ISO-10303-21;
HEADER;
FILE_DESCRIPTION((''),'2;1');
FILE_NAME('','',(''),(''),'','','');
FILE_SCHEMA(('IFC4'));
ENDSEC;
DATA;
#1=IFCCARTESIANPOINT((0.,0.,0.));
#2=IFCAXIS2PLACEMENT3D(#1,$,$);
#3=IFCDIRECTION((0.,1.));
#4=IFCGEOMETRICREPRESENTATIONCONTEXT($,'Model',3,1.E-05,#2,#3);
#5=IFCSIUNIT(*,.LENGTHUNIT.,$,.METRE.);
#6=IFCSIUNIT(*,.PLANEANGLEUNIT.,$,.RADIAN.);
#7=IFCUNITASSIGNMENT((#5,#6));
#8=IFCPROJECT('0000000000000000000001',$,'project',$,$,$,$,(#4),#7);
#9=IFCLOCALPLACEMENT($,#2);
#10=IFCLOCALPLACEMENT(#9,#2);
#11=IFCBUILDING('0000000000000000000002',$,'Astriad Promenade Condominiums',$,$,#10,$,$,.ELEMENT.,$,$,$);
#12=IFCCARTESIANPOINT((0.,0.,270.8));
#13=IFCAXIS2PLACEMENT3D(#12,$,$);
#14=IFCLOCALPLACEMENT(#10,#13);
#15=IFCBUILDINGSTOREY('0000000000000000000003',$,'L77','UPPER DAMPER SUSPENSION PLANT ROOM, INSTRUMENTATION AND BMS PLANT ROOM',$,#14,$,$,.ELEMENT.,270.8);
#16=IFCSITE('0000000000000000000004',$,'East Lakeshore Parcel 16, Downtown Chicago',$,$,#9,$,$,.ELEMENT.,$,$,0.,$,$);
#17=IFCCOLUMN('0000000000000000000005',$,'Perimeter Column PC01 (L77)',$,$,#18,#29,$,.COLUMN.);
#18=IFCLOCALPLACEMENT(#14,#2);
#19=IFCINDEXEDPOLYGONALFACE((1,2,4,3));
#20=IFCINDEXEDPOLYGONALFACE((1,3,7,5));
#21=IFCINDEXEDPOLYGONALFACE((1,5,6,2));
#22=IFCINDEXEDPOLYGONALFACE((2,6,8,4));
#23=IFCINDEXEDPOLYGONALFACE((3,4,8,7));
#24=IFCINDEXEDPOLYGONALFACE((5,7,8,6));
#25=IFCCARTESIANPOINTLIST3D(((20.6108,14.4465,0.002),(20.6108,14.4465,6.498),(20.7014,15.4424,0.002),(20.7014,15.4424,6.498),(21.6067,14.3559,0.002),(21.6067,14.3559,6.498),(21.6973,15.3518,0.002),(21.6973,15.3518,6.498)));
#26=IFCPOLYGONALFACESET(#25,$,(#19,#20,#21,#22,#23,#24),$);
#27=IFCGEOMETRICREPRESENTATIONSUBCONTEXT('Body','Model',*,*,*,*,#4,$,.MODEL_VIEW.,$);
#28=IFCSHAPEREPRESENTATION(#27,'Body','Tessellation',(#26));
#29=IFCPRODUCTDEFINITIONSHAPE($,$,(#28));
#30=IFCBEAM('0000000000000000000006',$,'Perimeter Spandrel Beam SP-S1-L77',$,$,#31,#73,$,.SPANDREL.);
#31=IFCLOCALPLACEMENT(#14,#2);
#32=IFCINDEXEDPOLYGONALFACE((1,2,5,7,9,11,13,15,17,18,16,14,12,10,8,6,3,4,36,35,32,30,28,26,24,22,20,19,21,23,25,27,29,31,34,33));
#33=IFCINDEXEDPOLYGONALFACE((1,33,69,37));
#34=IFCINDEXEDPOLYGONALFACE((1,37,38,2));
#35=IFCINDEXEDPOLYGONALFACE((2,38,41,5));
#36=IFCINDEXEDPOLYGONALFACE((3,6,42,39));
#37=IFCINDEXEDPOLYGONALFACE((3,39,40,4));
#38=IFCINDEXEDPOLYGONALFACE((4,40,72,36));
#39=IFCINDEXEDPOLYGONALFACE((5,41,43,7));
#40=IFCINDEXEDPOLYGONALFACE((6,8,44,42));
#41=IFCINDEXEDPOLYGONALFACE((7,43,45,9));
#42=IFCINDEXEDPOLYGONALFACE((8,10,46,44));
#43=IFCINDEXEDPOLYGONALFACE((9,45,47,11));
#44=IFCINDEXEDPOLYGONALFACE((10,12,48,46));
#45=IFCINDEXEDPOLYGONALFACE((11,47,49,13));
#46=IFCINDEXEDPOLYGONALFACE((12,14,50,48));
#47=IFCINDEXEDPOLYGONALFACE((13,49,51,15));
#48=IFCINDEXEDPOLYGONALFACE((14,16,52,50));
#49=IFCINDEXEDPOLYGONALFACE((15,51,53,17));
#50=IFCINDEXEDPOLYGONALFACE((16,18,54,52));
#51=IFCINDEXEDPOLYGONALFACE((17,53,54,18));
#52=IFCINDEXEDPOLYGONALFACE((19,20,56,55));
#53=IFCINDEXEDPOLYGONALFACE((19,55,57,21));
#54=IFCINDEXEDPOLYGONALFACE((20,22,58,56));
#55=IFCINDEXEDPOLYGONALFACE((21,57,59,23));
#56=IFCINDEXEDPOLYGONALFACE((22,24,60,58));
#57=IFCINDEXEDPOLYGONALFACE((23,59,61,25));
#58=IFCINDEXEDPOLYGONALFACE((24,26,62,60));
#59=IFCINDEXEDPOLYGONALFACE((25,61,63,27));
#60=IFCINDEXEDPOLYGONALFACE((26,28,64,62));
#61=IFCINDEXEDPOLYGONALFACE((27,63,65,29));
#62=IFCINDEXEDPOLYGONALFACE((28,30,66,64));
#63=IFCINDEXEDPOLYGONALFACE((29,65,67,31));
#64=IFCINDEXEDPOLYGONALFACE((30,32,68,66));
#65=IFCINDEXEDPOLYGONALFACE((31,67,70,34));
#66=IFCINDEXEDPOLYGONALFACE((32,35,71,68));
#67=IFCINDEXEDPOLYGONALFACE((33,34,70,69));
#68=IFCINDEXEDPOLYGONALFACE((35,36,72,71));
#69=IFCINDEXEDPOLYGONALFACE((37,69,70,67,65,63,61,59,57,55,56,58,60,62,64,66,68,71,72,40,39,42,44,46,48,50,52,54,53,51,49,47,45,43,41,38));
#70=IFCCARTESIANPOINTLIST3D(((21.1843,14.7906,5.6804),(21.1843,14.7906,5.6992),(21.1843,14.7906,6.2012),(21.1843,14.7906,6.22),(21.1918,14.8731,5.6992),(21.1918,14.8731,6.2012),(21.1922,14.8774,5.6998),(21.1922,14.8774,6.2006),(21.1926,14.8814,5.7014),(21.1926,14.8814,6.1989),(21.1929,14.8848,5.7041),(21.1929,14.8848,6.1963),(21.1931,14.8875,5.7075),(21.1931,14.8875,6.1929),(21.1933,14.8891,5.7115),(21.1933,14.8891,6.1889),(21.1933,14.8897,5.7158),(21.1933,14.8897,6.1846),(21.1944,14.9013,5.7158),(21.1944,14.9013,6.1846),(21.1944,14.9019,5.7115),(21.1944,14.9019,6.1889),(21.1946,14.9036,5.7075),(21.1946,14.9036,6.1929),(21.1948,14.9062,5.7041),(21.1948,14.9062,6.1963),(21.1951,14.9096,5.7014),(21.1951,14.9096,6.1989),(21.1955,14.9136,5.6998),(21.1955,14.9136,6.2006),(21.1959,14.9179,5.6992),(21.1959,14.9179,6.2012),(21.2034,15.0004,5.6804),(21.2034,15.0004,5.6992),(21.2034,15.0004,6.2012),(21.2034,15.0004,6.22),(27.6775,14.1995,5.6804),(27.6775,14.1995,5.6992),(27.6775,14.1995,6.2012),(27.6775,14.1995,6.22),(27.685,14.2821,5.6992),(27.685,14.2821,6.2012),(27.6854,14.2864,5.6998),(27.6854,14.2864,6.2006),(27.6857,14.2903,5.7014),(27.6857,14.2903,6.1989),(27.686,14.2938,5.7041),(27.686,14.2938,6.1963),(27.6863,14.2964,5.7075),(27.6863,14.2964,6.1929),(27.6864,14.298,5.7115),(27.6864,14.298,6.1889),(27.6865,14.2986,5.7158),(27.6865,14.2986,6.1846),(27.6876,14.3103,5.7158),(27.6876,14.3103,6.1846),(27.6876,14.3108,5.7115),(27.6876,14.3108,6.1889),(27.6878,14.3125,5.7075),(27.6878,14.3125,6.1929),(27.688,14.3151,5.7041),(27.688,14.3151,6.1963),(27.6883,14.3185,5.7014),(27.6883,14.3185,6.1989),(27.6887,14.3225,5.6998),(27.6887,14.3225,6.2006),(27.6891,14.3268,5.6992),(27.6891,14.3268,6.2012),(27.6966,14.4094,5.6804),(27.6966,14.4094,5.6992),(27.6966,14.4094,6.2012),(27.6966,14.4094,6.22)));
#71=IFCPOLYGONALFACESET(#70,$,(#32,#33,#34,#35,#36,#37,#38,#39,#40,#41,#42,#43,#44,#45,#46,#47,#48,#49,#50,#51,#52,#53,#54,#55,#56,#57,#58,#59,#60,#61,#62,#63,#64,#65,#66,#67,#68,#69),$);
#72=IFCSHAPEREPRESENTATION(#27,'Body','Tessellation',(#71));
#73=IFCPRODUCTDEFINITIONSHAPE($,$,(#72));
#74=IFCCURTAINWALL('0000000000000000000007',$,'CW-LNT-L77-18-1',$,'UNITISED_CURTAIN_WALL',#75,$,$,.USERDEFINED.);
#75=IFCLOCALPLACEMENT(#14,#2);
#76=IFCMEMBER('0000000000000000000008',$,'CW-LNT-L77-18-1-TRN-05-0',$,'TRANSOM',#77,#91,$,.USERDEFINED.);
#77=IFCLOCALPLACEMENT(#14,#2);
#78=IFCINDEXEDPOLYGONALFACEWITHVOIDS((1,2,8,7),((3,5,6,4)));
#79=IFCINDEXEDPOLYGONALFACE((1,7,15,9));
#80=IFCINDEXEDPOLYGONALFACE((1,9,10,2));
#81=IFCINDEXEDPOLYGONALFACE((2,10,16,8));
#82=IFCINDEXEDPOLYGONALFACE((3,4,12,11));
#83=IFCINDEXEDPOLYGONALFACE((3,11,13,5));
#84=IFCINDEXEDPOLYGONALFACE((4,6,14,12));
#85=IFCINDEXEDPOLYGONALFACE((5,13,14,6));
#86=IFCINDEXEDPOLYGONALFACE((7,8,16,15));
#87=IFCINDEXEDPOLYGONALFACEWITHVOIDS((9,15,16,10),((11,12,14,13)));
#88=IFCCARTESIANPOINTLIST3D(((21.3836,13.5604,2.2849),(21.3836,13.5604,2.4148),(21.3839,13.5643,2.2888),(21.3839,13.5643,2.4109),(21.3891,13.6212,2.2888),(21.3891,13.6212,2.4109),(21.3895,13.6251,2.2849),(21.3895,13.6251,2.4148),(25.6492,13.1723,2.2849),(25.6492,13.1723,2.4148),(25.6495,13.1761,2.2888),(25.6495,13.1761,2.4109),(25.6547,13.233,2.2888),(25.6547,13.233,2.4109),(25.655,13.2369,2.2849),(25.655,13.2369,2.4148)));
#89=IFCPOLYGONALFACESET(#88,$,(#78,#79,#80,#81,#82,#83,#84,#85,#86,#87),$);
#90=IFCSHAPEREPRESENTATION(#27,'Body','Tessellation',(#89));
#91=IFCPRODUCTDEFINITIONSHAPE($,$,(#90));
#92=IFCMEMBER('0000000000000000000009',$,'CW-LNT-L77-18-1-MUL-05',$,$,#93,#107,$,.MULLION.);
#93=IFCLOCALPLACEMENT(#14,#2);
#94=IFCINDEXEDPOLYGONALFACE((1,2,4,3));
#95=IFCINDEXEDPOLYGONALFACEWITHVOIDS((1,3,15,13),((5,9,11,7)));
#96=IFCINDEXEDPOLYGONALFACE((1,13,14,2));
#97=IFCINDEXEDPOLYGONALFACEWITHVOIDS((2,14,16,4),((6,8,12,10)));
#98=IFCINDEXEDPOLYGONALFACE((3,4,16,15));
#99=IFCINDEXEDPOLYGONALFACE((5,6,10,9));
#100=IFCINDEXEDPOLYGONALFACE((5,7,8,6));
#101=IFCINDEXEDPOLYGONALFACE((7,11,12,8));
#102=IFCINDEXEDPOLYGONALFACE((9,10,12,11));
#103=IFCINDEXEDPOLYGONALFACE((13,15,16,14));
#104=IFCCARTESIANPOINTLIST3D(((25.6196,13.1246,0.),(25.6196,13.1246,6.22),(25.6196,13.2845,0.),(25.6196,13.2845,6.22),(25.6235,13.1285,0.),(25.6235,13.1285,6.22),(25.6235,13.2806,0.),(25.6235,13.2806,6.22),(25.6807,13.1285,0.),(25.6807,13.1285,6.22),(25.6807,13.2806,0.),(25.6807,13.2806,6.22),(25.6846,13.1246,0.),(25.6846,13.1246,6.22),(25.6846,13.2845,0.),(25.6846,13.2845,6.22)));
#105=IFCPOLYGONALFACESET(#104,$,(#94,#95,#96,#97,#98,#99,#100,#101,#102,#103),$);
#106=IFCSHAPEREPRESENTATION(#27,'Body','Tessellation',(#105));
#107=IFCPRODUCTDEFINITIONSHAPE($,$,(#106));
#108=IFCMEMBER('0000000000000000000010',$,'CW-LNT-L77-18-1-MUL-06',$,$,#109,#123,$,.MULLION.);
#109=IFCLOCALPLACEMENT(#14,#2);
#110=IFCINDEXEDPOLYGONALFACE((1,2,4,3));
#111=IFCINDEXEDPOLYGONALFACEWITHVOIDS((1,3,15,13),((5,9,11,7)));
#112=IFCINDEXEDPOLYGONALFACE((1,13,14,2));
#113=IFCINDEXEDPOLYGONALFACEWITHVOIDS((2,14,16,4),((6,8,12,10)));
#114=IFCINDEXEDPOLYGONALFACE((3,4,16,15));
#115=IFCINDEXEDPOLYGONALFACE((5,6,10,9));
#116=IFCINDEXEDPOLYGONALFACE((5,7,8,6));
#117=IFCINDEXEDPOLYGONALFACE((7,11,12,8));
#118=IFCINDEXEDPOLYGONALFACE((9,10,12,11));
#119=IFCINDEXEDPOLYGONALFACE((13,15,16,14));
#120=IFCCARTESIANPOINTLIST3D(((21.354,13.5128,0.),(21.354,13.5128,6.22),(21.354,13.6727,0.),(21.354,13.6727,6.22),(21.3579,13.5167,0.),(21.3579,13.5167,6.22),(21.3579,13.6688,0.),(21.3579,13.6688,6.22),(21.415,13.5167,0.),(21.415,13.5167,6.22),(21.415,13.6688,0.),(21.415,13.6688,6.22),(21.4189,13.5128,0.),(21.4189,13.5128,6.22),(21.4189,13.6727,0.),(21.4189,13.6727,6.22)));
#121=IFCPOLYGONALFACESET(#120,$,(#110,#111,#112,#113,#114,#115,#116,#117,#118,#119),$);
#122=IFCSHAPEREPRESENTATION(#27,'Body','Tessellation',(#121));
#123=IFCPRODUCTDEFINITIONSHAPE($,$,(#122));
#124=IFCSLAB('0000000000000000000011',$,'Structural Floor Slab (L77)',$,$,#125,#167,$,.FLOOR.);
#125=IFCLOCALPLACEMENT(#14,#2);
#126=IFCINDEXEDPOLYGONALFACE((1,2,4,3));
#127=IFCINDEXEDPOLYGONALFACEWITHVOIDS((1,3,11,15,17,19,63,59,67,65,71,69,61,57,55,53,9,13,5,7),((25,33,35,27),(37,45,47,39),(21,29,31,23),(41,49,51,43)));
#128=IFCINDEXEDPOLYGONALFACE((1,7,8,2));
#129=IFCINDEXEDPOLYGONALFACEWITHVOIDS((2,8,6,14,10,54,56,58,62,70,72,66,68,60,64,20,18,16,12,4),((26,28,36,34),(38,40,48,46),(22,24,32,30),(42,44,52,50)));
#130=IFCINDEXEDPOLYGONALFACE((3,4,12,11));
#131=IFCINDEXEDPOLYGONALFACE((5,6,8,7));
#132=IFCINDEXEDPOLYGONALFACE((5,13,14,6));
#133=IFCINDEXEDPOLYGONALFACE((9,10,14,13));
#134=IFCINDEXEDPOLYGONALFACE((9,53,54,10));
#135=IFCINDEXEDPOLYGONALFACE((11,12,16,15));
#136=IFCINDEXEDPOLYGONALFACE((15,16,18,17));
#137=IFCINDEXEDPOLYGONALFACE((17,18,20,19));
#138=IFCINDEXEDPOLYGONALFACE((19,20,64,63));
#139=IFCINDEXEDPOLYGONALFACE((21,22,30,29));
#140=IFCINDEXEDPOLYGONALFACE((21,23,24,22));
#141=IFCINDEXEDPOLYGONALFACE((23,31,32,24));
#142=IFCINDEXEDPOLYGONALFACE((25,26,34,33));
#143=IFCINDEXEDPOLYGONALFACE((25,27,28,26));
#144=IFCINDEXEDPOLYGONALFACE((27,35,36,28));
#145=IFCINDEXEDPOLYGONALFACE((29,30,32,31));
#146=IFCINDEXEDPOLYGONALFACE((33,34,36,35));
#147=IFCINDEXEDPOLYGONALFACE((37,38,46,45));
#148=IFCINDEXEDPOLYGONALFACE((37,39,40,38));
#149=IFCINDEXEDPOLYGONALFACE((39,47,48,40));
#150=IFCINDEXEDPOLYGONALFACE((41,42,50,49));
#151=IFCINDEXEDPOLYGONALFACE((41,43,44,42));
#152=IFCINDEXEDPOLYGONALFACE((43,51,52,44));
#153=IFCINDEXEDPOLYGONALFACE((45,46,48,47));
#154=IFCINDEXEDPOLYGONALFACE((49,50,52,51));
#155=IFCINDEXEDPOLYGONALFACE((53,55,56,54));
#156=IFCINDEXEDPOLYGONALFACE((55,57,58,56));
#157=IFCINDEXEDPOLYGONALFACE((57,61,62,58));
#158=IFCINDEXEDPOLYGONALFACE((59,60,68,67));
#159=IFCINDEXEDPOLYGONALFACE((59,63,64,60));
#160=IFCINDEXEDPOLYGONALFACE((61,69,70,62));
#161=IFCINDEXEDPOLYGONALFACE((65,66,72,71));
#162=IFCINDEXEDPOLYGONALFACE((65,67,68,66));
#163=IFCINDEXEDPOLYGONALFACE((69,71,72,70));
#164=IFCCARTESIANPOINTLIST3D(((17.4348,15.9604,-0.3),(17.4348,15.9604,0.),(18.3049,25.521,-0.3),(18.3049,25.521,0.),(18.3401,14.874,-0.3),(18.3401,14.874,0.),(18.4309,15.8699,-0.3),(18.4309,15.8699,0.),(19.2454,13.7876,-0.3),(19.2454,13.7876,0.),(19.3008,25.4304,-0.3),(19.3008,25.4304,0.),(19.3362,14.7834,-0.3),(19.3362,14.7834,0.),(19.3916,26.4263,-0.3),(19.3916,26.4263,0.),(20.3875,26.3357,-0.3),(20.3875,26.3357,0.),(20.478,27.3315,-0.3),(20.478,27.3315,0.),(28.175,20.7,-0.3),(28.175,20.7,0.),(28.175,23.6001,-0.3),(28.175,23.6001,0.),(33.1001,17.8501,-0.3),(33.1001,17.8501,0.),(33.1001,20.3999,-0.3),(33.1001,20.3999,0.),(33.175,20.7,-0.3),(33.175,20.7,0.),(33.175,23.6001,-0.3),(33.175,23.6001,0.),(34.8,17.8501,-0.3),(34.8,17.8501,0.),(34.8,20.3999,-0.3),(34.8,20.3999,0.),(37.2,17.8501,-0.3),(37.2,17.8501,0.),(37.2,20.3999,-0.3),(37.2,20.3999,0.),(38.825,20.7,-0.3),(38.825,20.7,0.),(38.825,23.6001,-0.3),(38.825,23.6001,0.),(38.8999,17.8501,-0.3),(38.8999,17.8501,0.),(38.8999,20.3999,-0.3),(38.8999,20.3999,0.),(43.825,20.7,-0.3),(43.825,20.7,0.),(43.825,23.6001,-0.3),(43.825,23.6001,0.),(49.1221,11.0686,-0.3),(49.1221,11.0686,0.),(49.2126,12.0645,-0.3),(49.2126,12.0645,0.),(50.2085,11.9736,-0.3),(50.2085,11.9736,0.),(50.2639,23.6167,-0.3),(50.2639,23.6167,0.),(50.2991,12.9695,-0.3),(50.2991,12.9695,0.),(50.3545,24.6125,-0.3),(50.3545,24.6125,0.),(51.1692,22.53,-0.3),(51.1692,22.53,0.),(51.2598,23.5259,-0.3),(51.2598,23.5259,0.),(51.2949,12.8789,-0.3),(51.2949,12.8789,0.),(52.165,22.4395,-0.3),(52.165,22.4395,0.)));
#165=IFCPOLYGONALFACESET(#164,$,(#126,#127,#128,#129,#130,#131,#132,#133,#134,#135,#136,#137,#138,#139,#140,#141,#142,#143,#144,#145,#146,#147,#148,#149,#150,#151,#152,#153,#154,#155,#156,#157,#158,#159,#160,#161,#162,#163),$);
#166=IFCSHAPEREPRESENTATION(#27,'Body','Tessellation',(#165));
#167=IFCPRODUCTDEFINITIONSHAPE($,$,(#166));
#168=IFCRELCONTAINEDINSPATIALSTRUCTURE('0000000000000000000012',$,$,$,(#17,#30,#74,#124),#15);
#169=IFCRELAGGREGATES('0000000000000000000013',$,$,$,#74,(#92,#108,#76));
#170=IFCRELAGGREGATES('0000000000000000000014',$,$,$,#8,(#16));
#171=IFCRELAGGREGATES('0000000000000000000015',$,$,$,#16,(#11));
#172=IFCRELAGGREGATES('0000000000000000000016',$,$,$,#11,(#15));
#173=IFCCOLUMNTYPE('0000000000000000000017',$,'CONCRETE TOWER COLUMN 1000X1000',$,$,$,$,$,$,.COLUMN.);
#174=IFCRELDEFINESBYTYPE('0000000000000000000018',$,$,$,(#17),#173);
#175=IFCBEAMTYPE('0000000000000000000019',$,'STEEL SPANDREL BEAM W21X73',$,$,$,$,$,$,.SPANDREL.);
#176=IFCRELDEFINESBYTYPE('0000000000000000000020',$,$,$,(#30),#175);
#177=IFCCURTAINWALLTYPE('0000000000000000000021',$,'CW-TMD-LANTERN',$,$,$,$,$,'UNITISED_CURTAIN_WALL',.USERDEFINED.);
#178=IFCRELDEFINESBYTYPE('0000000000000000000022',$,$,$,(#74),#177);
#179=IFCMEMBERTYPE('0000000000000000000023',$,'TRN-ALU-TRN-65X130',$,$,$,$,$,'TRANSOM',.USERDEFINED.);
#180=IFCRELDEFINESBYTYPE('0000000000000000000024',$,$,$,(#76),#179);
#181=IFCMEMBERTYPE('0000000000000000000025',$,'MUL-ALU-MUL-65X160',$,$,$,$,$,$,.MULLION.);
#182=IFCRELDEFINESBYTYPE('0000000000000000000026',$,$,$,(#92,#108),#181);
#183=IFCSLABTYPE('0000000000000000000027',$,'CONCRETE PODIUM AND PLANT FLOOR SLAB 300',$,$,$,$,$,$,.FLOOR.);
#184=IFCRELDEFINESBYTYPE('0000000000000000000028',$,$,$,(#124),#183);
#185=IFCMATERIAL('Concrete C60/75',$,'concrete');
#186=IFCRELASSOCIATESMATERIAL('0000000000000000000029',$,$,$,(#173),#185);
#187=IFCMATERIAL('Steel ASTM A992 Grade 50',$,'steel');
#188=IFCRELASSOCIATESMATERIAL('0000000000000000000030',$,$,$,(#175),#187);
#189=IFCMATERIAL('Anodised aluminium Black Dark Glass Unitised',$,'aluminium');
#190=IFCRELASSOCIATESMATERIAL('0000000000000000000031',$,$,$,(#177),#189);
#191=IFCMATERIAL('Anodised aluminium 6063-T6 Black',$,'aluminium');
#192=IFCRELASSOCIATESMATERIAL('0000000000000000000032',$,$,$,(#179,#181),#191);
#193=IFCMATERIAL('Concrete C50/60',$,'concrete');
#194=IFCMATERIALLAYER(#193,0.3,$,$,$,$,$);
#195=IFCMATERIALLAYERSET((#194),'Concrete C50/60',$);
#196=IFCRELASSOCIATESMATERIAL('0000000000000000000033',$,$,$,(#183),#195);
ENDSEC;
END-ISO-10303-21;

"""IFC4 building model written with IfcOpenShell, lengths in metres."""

from ifc_helpers import new_model, si_unit, direction, frame, origin, origin_2d, place, context, subcontext, project, spatial, polyline, rectangle, hollow_rectangle, i_section, outline, extrude, source, transform, mapped, material, layer, layer_set, material_profile, profile_set, type_object, type_shapes, element, aggregate, save


model = new_model("IFC4")

# Units and contexts
model_context = context("Model", 3, precision=1e-05, world=origin(), true_north=direction((0.0, 1.0)))
body_context = subcontext(model_context, "Body", "Model", "MODEL_VIEW")
ifc_project = project(units=[si_unit("LENGTHUNIT", "METRE"), si_unit("PLANEANGLEUNIT", "RADIAN")], contexts=[model_context])

# Site, building, storey
site_placement = place(None, origin())
site = spatial("IfcSite", under=ifc_project, at=site_placement, Name="East Lakeshore Parcel 16, Downtown Chicago", CompositionType="ELEMENT", RefElevation=0.0)
building_placement = place(site_placement, origin())
building = spatial("IfcBuilding", under=site, at=building_placement, Name="Astriad Promenade Condominiums", CompositionType="ELEMENT")
storey_placement = place(building_placement, frame((0.0, 0.0, 270.8)))
storey = spatial("IfcBuildingStorey", under=building, at=storey_placement, Name="L77", Description="UPPER DAMPER SUSPENSION PLANT ROOM, INSTRUMENTATION AND BMS PLANT ROOM", CompositionType="ELEMENT", Elevation=270.8)

# Column
ifc_material_1 = material(Name="Concrete C60/75", Category="concrete")
ifc_material_profile_1 = material_profile(ifc_material_1, rectangle(XDim=1.0, YDim=1.0, at=origin_2d()), Name="RC-COL-1000X1000")
ifc_profile_set_1 = profile_set([ifc_material_profile_1], Name="Concrete C60/75")
column_type = type_object("IfcColumnType", Name="CONCRETE TOWER COLUMN 1000X1000", PredefinedType="COLUMN", material=ifc_profile_set_1)
shared_shape_1 = source(origin(), body_context, "Body", "SweptSolid", [
    extrude(rectangle(XDim=1.0, YDim=1.0, at=origin_2d()), origin(), (0.0, 0.0, 1.0), 6.4961),
])
type_shapes(column_type, [shared_shape_1])
column_placement = place(storey_placement, frame((21.1541, 14.8992, 0.002), z_axis=(0.0, 0.0, 1.0), x_axis=(0.995884, -0.090633, 0.0)))
element("IfcColumn", 1, at=column_placement, inside=storey, type_object=column_type, Name="Perimeter Column PC01 (L77)", PredefinedType="COLUMN", context=body_context, shape_type="MappedRepresentation", body=[
    mapped(shared_shape_1, transform((0.0, 0.0, 0.0), scale=1.0)),
])

# Beam
ifc_material_2 = material(Name="Steel ASTM A992 Grade 50", Category="steel")
ifc_material_profile_2 = material_profile(ifc_material_2, i_section(OverallWidth=0.2107, OverallDepth=0.5396, WebThickness=0.0117, FlangeThickness=0.0188, FilletRadius=0.0166, at=origin_2d()), Name="W21X73")
ifc_profile_set_2 = profile_set([ifc_material_profile_2], Name="Steel ASTM A992 Grade 50")
beam_type = type_object("IfcBeamType", Name="STEEL SPANDREL BEAM W21X73", PredefinedType="SPANDREL", material=ifc_profile_set_2)
shared_shape_2 = source(origin(), body_context, "Body", "SweptSolid", [
    extrude(i_section(OverallWidth=0.2107, OverallDepth=0.5396, WebThickness=0.0117, FlangeThickness=0.0188, FilletRadius=0.0166, at=origin_2d()), origin(), (0.0, 0.0, 1.0), 6.52),
])
type_shapes(beam_type, [shared_shape_2])
beam_placement = place(storey_placement, frame((21.1938, 14.8955, 5.9502), z_axis=(0.995882, -0.090654, 0.0), x_axis=(0.090654, 0.995882, 0.0)))
element("IfcBeam", 2, at=beam_placement, inside=storey, type_object=beam_type, Name="Perimeter Spandrel Beam SP-S1-L77", PredefinedType="SPANDREL", context=body_context, shape_type="MappedRepresentation", body=[
    mapped(shared_shape_2, transform((0.0, 0.0, 0.0), scale=1.0)),
])

# Curtain wall, members
ifc_material_3 = material(Name="Anodised aluminium Black Dark Glass Unitised", Category="aluminium")
curtain_wall_type = type_object("IfcCurtainWallType", Name="CW-TMD-LANTERN", ElementType="UNITISED_CURTAIN_WALL", PredefinedType="USERDEFINED", material=ifc_material_3)
curtain_wall_placement = place(storey_placement, origin())
curtain_wall = element("IfcCurtainWall", 3, at=curtain_wall_placement, inside=storey, type_object=curtain_wall_type, Name="CW-LNT-L77-18-1", ObjectType="UNITISED_CURTAIN_WALL", PredefinedType="USERDEFINED")
ifc_material_4 = material(Name="Anodised aluminium 6063-T6 Black", Category="aluminium")
ifc_material_profile_3 = material_profile(ifc_material_4, hollow_rectangle(XDim=0.0649, YDim=0.1299, WallThickness=0.0039, at=origin_2d()), Name="ALU-TRN-65X130")
ifc_profile_set_3 = profile_set([ifc_material_profile_3], Name="Anodised aluminium 6063-T6 Black")
member_type_1 = type_object("IfcMemberType", Name="TRN-ALU-TRN-65X130", ElementType="TRANSOM", PredefinedType="USERDEFINED", material=ifc_profile_set_3)
shared_shape_3 = source(origin(), body_context, "Body", "SweptSolid", [
    extrude(hollow_rectangle(XDim=0.0649, YDim=0.1299, WallThickness=0.0039, at=origin_2d()), origin(), (0.0, 0.0, 1.0), 4.2832),
])
type_shapes(member_type_1, [shared_shape_3])
member_1_placement = place(storey_placement, frame((25.6521, 13.2046, 2.3499), z_axis=(-0.995885, 0.090628, 0.0), x_axis=(-0.090628, -0.995885, 0.0)))
member_1 = element("IfcMember", 4, at=member_1_placement, type_object=member_type_1, Name="CW-LNT-L77-18-1-TRN-05-0", ObjectType="TRANSOM", PredefinedType="USERDEFINED", context=body_context, shape_type="MappedRepresentation", body=[
    mapped(shared_shape_3, transform((0.0, 0.0, 0.0), scale=1.0)),
])
ifc_material_profile_4 = material_profile(ifc_material_4, hollow_rectangle(XDim=0.0649, YDim=0.1599, WallThickness=0.0039, at=origin_2d()), Name="ALU-MUL-65X160")
ifc_profile_set_4 = profile_set([ifc_material_profile_4], Name="Anodised aluminium 6063-T6 Black")
member_type_2 = type_object("IfcMemberType", Name="MUL-ALU-MUL-65X160", PredefinedType="MULLION", material=ifc_profile_set_4)
shared_shape_4 = source(origin(), body_context, "Body", "SweptSolid", [
    extrude(hollow_rectangle(XDim=0.0649, YDim=0.1599, WallThickness=0.0039, at=origin_2d()), origin(), (0.0, 0.0, 1.0), 6.22),
])
type_shapes(member_type_2, [shared_shape_4])
member_2_placement = place(storey_placement, frame((25.6521, 13.2046, 0.0), z_axis=(0.0, 0.0, 1.0), x_axis=(1.0, 0.0, 0.0)))
member_2 = element("IfcMember", 5, at=member_2_placement, type_object=member_type_2, Name="CW-LNT-L77-18-1-MUL-05", PredefinedType="MULLION", context=body_context, shape_type="MappedRepresentation", body=[
    mapped(shared_shape_4, transform((0.0, 0.0, 0.0), scale=1.0)),
])
member_3_placement = place(storey_placement, frame((21.3865, 13.5928, 0.0), z_axis=(0.0, 0.0, 1.0), x_axis=(1.0, 0.0, 0.0)))
member_3 = element("IfcMember", 6, at=member_3_placement, type_object=member_type_2, Name="CW-LNT-L77-18-1-MUL-06", PredefinedType="MULLION", context=body_context, shape_type="MappedRepresentation", body=[
    mapped(shared_shape_4, transform((0.0, 0.0, 0.0), scale=1.0)),
])

# Slab
ifc_material_5 = material(Name="Concrete C50/60", Category="concrete")
ifc_layer_1 = layer(ifc_material_5, 0.3)
ifc_layer_set_1 = layer_set([ifc_layer_1], Name="Concrete C50/60")
slab_type_1 = type_object("IfcSlabType", Name="CONCRETE PODIUM AND PLANT FLOOR SLAB 300", PredefinedType="FLOOR", material=ifc_layer_set_1)
slab_1_placement = place(storey_placement, frame((0.0, 0.0, -0.3)))
element("IfcSlab", 7, at=slab_1_placement, inside=storey, type_object=slab_type_1, Name="Structural Floor Slab (L77)", PredefinedType="FLOOR", context=body_context, shape_type="SweptSolid", body=[
    extrude(outline(polyline([(19.2454, 13.7876), (49.1221, 11.0686), (49.2126, 12.0645), (50.2085, 11.9736), (50.2991, 12.9695), (51.2949, 12.8789), (52.165, 22.4395), (51.1692, 22.53), (51.2598, 23.5259), (50.2639, 23.6167), (50.3545, 24.6125), (20.478, 27.3315), (20.3875, 26.3357), (19.3916, 26.4263), (19.3008, 25.4304), (18.3049, 25.521), (17.4348, 15.9604), (18.4309, 15.8699), (18.3401, 14.874), (19.3362, 14.7834), (19.2454, 13.7876)]), holes=[polyline([(28.175, 20.7), (33.175, 20.7), (33.175, 23.6001), (28.175, 23.6001), (28.175, 20.7)]), polyline([(38.825, 20.7), (43.825, 20.7), (43.825, 23.6001), (38.825, 23.6001), (38.825, 20.7)]), polyline([(33.1001, 17.8501), (34.8, 17.8501), (34.8, 20.3999), (33.1001, 20.3999), (33.1001, 17.8501)]), polyline([(37.2, 17.8501), (38.8999, 17.8501), (38.8999, 20.3999), (37.2, 20.3999), (37.2, 17.8501)])]), origin(), (0.0, 0.0, 1.0), 0.3),
])

aggregate(curtain_wall, [member_2, member_3, member_1])

save(model, "model.ifc")
